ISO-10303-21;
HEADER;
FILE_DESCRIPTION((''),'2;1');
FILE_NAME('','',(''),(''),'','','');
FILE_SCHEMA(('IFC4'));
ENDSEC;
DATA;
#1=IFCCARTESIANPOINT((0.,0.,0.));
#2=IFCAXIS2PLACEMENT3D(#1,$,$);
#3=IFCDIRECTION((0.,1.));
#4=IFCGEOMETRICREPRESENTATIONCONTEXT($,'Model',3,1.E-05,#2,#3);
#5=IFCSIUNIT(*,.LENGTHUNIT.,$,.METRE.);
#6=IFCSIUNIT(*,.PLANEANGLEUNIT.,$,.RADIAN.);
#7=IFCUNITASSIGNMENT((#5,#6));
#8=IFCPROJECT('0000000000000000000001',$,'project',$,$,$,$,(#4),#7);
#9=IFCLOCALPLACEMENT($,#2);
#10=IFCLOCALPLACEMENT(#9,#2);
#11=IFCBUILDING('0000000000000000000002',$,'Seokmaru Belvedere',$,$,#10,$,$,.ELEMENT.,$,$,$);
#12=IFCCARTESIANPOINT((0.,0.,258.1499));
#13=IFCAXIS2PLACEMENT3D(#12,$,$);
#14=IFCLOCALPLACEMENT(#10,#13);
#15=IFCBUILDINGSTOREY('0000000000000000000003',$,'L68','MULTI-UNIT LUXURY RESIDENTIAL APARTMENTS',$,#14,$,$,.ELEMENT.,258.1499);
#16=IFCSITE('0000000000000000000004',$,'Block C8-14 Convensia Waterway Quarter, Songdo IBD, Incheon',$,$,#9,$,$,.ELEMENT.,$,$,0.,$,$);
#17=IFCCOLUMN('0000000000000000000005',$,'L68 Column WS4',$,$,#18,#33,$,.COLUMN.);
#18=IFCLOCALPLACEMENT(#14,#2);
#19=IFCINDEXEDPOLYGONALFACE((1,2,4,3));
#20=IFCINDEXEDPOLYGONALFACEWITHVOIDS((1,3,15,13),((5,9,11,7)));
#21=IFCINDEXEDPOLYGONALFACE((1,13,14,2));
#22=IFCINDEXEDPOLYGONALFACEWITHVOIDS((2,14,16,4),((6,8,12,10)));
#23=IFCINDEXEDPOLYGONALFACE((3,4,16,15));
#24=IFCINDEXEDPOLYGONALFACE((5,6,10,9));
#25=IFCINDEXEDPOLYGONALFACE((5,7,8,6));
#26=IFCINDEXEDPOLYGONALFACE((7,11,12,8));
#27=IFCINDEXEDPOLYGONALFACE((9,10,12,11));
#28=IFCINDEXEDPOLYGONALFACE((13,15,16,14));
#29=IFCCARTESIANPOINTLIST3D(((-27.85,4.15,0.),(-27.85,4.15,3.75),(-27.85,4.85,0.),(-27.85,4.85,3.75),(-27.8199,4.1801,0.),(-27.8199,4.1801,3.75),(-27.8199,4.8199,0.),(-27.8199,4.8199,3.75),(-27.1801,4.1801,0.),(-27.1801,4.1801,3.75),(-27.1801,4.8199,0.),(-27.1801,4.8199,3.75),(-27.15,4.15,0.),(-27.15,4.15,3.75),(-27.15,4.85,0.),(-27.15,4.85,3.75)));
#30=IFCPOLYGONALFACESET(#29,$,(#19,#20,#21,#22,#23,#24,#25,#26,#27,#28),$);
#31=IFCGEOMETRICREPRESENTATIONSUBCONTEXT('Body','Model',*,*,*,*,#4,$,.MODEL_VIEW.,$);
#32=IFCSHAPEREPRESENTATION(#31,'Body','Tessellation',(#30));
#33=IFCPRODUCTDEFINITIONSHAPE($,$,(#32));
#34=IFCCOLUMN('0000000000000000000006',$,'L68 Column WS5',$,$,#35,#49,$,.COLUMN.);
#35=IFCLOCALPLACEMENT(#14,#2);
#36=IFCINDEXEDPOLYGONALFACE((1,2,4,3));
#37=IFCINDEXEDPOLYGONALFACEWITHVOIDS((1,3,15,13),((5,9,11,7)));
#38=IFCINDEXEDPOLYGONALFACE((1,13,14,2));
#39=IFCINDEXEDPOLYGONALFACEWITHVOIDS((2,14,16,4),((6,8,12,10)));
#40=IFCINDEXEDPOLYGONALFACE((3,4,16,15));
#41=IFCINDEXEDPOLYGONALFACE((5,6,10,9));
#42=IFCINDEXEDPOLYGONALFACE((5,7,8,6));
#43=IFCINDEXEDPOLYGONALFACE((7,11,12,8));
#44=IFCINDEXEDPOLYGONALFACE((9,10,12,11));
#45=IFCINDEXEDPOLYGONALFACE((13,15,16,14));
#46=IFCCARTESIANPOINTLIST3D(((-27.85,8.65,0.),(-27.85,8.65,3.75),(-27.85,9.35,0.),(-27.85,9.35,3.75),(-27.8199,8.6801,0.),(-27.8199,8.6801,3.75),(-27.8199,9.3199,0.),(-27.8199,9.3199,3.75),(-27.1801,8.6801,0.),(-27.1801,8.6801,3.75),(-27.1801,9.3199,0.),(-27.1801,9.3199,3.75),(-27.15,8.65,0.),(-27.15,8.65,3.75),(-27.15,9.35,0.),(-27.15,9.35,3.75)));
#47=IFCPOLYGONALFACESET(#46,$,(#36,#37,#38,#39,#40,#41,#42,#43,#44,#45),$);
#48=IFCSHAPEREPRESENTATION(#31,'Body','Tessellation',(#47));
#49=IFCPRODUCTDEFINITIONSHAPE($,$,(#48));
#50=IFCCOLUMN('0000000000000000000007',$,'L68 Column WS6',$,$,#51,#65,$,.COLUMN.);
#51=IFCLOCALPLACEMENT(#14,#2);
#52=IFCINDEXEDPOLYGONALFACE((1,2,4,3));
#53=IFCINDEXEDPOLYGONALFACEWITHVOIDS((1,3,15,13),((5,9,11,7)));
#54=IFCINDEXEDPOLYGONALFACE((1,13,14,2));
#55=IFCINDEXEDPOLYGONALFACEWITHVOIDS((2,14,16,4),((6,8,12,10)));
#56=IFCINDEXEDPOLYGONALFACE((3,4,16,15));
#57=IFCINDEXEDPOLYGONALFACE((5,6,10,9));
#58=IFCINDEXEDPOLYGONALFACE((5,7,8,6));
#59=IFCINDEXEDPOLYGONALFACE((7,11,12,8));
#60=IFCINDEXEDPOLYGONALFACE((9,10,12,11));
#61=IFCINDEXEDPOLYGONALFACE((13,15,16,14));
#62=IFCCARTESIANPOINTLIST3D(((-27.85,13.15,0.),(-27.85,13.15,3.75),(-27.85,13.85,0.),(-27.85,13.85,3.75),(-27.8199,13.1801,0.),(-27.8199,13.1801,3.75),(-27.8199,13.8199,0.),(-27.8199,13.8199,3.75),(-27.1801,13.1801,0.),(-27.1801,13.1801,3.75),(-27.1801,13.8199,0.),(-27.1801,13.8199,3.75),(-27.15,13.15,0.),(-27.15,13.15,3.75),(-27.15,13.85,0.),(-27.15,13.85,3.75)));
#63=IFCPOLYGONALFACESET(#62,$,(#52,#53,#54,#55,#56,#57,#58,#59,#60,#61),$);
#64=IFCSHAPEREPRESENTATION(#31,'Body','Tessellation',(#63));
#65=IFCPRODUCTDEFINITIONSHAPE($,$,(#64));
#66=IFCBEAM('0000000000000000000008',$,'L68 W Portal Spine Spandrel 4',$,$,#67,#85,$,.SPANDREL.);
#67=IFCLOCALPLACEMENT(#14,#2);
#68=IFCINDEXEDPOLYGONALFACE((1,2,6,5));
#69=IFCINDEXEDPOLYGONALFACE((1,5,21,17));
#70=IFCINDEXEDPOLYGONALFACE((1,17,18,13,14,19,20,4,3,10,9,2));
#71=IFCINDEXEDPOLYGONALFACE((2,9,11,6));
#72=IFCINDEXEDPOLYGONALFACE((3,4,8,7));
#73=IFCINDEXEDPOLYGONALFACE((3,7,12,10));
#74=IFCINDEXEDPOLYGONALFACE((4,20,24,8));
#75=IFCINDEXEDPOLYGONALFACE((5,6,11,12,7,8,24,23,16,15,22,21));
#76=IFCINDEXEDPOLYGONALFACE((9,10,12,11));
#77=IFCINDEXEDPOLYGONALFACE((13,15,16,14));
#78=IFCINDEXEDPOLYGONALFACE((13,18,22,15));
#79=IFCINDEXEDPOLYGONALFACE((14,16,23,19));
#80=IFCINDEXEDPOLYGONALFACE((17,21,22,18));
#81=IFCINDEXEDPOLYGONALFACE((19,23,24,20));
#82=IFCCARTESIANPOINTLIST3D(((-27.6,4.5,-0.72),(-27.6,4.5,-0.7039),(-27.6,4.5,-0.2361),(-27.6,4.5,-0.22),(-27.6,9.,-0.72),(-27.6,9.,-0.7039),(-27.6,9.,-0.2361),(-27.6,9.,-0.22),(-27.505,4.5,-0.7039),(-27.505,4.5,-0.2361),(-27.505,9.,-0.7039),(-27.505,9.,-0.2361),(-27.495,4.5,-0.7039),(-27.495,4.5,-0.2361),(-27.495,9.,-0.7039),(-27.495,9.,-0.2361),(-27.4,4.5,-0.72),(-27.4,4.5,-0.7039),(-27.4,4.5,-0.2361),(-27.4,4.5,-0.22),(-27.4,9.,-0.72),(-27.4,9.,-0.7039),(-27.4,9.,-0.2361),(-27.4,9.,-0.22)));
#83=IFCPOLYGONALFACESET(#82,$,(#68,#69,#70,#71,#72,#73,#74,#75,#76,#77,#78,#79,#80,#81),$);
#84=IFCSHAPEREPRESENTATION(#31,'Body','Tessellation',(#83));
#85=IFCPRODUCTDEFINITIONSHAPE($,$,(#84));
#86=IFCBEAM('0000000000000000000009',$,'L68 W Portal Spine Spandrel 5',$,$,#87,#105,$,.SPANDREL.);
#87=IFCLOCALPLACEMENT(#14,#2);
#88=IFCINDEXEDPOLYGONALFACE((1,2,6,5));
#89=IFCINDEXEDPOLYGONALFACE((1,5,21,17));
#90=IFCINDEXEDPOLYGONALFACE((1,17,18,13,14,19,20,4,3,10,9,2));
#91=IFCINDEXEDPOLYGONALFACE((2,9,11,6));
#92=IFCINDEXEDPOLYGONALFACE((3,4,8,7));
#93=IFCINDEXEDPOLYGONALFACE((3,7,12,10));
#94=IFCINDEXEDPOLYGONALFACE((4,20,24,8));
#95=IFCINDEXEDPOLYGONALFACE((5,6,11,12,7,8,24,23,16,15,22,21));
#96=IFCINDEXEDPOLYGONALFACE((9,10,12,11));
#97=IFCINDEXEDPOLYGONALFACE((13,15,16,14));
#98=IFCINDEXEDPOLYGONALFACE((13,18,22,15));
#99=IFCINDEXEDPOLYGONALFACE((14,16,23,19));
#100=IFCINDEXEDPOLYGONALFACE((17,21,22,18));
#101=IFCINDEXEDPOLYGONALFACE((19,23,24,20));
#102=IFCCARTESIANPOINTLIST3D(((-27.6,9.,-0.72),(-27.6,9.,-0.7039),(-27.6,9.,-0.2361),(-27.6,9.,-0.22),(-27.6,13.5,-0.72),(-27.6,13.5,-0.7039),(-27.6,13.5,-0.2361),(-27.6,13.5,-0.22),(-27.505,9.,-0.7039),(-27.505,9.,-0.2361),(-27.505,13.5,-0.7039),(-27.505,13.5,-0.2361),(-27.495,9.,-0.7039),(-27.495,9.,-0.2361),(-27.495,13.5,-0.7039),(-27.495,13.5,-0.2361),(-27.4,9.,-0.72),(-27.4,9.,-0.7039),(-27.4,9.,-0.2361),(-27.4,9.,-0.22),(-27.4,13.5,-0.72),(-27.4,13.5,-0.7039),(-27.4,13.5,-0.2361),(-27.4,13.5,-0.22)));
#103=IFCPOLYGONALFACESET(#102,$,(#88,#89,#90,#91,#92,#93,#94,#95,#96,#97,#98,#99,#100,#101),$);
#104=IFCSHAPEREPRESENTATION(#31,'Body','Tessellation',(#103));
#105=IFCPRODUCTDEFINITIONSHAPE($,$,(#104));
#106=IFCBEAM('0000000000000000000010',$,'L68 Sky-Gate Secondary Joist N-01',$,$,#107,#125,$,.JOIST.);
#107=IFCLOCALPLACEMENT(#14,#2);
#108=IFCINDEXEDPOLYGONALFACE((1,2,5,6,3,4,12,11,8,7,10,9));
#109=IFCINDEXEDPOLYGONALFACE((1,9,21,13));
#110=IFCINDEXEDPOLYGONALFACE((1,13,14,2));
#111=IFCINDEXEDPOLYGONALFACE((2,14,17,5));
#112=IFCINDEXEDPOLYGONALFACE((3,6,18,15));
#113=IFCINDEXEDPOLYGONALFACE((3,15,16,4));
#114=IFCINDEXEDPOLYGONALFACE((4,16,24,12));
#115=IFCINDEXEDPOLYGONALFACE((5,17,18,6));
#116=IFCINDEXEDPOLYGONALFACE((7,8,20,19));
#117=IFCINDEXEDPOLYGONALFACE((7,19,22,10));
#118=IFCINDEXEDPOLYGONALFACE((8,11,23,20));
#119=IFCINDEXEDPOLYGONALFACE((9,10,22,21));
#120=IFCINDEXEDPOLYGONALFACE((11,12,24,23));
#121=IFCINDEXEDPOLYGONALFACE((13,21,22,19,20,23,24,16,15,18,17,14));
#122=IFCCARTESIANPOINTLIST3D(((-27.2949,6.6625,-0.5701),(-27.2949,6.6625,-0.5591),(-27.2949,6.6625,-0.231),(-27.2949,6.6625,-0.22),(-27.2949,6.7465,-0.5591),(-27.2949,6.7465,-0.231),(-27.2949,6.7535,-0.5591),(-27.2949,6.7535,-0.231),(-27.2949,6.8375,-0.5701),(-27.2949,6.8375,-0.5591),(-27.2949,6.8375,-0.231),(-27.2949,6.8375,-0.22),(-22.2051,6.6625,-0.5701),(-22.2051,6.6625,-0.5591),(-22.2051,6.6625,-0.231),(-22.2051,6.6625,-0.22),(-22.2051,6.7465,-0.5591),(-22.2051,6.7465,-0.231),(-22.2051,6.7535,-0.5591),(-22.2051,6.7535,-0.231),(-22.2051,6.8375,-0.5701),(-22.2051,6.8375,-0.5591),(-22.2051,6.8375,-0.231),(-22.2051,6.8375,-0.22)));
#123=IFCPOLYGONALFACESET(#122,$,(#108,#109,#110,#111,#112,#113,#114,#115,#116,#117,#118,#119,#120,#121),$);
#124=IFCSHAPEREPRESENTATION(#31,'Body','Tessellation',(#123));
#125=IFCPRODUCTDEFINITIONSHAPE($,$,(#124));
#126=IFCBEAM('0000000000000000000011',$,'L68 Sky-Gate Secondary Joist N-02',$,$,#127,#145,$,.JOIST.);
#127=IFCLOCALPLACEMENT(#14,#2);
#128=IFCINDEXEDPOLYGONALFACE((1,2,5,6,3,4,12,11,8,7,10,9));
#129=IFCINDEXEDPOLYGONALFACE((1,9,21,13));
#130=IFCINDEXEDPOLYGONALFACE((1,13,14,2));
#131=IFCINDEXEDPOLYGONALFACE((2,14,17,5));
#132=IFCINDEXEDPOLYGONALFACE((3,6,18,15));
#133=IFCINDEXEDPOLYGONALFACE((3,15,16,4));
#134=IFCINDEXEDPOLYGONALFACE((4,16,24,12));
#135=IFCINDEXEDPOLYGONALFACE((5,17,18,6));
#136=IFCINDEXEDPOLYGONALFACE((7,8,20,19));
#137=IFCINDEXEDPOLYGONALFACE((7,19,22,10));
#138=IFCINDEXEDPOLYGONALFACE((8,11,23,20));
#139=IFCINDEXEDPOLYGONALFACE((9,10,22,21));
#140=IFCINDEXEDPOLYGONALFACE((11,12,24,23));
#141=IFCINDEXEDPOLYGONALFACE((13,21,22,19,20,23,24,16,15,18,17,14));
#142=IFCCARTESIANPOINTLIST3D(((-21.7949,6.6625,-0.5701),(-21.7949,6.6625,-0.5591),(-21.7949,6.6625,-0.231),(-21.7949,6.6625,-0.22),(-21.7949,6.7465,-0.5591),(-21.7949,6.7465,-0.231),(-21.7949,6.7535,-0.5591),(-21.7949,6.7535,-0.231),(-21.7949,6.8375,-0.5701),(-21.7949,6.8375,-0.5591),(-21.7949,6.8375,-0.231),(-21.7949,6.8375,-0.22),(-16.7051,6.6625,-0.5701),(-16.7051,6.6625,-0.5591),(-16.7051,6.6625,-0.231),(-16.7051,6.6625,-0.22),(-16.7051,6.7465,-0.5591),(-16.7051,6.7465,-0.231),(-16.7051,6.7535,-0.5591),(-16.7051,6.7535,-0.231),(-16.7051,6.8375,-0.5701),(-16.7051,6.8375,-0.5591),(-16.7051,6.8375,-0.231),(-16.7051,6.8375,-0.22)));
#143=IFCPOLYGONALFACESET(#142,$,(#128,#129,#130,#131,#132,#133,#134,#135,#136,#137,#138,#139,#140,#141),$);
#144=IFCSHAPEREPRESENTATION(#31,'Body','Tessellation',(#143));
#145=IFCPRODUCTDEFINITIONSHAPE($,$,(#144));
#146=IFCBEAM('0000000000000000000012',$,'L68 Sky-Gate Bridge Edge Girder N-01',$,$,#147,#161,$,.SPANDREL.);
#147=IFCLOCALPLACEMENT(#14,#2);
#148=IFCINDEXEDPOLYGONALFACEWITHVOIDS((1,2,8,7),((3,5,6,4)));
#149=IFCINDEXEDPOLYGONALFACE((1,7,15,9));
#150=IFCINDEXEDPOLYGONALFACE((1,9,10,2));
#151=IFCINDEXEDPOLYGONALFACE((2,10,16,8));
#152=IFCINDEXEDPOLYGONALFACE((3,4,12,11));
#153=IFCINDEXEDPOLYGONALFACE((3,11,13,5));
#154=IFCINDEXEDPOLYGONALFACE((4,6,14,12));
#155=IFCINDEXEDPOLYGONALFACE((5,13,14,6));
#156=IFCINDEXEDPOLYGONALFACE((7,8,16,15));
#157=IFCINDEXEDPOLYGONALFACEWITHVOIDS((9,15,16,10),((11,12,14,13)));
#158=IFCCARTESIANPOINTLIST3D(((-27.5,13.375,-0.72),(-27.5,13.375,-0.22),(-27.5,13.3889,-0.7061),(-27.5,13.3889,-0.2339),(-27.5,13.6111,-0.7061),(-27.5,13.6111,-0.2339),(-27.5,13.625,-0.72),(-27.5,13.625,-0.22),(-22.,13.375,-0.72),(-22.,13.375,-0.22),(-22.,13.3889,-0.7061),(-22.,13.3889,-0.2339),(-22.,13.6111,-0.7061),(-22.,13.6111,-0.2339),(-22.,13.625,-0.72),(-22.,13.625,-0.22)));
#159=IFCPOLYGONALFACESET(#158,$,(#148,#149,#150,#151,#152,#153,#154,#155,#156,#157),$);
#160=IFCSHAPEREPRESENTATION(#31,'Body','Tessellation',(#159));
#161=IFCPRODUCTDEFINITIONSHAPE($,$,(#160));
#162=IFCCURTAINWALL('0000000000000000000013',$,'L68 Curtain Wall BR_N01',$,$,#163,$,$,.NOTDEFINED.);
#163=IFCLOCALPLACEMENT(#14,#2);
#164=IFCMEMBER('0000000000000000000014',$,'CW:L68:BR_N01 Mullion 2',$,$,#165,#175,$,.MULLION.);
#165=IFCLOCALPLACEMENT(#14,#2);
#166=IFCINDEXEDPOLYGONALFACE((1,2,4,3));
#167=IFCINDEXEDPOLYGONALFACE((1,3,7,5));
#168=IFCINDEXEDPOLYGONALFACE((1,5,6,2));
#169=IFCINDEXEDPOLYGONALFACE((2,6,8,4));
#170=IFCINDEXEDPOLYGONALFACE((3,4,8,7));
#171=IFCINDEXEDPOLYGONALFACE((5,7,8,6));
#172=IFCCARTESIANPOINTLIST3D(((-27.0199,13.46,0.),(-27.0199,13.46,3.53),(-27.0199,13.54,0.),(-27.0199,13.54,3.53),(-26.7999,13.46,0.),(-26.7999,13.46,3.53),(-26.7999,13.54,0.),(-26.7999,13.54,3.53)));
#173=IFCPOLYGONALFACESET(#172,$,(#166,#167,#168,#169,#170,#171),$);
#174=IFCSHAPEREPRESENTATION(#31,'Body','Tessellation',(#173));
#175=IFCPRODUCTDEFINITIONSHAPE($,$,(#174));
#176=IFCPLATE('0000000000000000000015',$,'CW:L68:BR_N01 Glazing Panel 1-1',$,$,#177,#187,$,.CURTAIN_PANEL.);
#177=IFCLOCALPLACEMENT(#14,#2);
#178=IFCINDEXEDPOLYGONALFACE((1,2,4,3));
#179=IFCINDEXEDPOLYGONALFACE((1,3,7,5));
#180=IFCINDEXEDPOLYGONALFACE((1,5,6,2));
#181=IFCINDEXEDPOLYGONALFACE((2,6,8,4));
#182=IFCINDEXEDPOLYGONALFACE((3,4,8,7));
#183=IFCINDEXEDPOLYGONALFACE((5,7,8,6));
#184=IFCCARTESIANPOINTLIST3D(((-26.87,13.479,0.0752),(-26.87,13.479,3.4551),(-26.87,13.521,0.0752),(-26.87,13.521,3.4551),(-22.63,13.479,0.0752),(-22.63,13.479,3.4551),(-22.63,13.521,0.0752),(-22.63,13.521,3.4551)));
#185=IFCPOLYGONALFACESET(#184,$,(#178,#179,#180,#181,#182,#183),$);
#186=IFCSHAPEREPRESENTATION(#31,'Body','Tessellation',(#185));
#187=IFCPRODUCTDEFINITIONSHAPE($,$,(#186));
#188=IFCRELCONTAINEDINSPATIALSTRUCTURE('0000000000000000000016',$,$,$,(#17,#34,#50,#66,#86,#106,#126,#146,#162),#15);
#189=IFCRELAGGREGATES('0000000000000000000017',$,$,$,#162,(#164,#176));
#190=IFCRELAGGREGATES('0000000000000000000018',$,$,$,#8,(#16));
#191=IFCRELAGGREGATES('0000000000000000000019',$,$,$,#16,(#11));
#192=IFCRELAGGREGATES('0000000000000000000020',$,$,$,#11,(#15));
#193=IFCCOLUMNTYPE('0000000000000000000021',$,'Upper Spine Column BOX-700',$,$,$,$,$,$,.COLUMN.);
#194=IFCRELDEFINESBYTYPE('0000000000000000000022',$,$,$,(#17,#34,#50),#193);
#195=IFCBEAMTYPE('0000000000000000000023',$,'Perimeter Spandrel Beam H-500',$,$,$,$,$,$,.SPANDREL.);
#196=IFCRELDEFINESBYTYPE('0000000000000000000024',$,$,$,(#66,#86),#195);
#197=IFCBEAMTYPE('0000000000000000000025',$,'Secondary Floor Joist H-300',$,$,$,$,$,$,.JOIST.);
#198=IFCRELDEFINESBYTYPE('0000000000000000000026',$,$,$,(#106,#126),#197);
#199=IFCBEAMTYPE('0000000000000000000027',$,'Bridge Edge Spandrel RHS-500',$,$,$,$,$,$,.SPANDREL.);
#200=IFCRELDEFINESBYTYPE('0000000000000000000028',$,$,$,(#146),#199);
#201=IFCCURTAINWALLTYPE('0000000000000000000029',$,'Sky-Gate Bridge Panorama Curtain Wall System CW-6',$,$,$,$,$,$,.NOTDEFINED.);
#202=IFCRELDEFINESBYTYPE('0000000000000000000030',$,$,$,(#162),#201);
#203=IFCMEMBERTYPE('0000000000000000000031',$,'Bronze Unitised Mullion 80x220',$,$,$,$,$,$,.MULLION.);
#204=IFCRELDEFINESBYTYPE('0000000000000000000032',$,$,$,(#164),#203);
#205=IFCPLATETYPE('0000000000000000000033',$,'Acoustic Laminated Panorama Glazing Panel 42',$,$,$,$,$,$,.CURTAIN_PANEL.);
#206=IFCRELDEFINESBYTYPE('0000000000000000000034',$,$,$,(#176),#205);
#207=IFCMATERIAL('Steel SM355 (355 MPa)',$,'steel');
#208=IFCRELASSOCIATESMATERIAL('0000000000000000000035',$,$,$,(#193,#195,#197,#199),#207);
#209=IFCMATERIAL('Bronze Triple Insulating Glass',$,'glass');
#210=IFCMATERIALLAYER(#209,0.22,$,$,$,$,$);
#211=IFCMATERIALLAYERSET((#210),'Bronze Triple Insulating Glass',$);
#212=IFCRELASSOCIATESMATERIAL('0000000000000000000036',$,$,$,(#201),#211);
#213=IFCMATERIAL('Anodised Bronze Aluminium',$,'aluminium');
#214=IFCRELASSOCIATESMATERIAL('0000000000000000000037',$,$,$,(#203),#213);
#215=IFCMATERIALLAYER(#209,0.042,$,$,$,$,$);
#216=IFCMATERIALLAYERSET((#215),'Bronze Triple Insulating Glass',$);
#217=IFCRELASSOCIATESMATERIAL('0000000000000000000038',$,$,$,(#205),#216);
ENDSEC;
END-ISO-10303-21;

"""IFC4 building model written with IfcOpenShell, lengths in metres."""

from ifc_helpers import new_model, si_unit, direction, frame, origin, origin_2d, place, context, subcontext, project, spatial, rectangle, hollow_rectangle, i_section, extrude, source, transform, mapped, material, layer, layer_set, material_profile, profile_set, type_object, type_shapes, element, aggregate, save


model = new_model("IFC4")

# Units and contexts
model_context = context("Model", 3, precision=1e-05, world=origin(), true_north=direction((0.0, 1.0)))
body_context = subcontext(model_context, "Body", "Model", "MODEL_VIEW")
ifc_project = project(units=[si_unit("LENGTHUNIT", "METRE"), si_unit("PLANEANGLEUNIT", "RADIAN")], contexts=[model_context])

# Site, building, storey
site_placement = place(None, origin())
site = spatial("IfcSite", under=ifc_project, at=site_placement, Name="Block C8-14 Convensia Waterway Quarter, Songdo IBD, Incheon", CompositionType="ELEMENT", RefElevation=0.0)
building_placement = place(site_placement, origin())
building = spatial("IfcBuilding", under=site, at=building_placement, Name="Seokmaru Belvedere", CompositionType="ELEMENT")
storey_placement = place(building_placement, frame((0.0, 0.0, 258.1499)))
storey = spatial("IfcBuildingStorey", under=building, at=storey_placement, Name="L68", Description="MULTI-UNIT LUXURY RESIDENTIAL APARTMENTS", CompositionType="ELEMENT", Elevation=258.1499)

# Columns
ifc_material_1 = material(Name="Steel SM355 (355 MPa)", Category="steel")
ifc_material_profile_1 = material_profile(ifc_material_1, hollow_rectangle(XDim=0.7, YDim=0.7, WallThickness=0.03, at=origin_2d()), Name="BOX-700x700x30")
ifc_profile_set_1 = profile_set([ifc_material_profile_1], Name="Steel SM355 (355 MPa)")
column_type = type_object("IfcColumnType", Name="Upper Spine Column BOX-700", PredefinedType="COLUMN", material=ifc_profile_set_1)
shared_shape_1 = source(origin(), body_context, "Body", "SweptSolid", [
    extrude(hollow_rectangle(XDim=0.7, YDim=0.7, WallThickness=0.03, at=origin_2d()), origin(), (0.0, 0.0, 1.0), 3.75),
])
type_shapes(column_type, [shared_shape_1])
for number, where, z_axis, x_axis, name in (
    (1, (-27.5, 4.5, 0.0), (0.0, 0.0, 1.0), (1.0, 0.0, 0.0), "L68 Column WS4"),
    (2, (-27.5, 9.0, 0.0), (0.0, 0.0, 1.0), (1.0, 0.0, 0.0), "L68 Column WS5"),
    (3, (-27.5, 13.5, 0.0), (0.0, 0.0, 1.0), (1.0, 0.0, 0.0), "L68 Column WS6"),
):
    element("IfcColumn", number, at=place(storey_placement, frame(where, z_axis=z_axis, x_axis=x_axis)), inside=storey, type_object=column_type, Name=name, PredefinedType="COLUMN", context=body_context, shape_type="MappedRepresentation", body=[
        mapped(shared_shape_1, transform((0.0, 0.0, 0.0), scale=1.0)),
    ])

# Beams
ifc_material_profile_2 = material_profile(ifc_material_1, i_section(OverallWidth=0.2, OverallDepth=0.5, WebThickness=0.01, FlangeThickness=0.0161, at=origin_2d()), Name="H-500x200x10x16")
ifc_profile_set_2 = profile_set([ifc_material_profile_2], Name="Steel SM355 (355 MPa)")
beam_type_1 = type_object("IfcBeamType", Name="Perimeter Spandrel Beam H-500", PredefinedType="SPANDREL", material=ifc_profile_set_2)
shared_shape_2 = source(origin(), body_context, "Body", "SweptSolid", [
    extrude(i_section(OverallWidth=0.2, OverallDepth=0.5, WebThickness=0.01, FlangeThickness=0.0161, at=origin_2d()), origin(), (0.0, 0.0, 1.0), 4.5),
])
type_shapes(beam_type_1, [shared_shape_2])
for number, where, z_axis, x_axis, name in (
    (4, (-27.5, 4.5, -0.47), (0.0, 1.0, 0.0), (-1.0, 0.0, 0.0), "L68 W Portal Spine Spandrel 4"),
    (5, (-27.5, 9.0, -0.47), (0.0, 1.0, 0.0), (-1.0, 0.0, 0.0), "L68 W Portal Spine Spandrel 5"),
):
    element("IfcBeam", number, at=place(storey_placement, frame(where, z_axis=z_axis, x_axis=x_axis)), inside=storey, type_object=beam_type_1, Name=name, PredefinedType="SPANDREL", context=body_context, shape_type="MappedRepresentation", body=[
        mapped(shared_shape_2, transform((0.0, 0.0, 0.0), scale=1.0)),
    ])
ifc_material_profile_3 = material_profile(ifc_material_1, i_section(OverallWidth=0.175, OverallDepth=0.3501, WebThickness=0.0071, FlangeThickness=0.011, at=origin_2d()), Name="H-350x175x7x11")
ifc_profile_set_3 = profile_set([ifc_material_profile_3], Name="Steel SM355 (355 MPa)")
beam_type_2 = type_object("IfcBeamType", Name="Secondary Floor Joist H-300", PredefinedType="JOIST", material=ifc_profile_set_3)
shared_shape_3 = source(origin(), body_context, "Body", "SweptSolid", [
    extrude(i_section(OverallWidth=0.175, OverallDepth=0.3501, WebThickness=0.0071, FlangeThickness=0.011, at=origin_2d()), origin(), (0.0, 0.0, 1.0), 5.0898),
])
type_shapes(beam_type_2, [shared_shape_3])
for number, where, z_axis, x_axis, name in (
    (6, (-27.2949, 6.75, -0.395), (1.0, 0.0, 0.0), (0.0, 1.0, 0.0), "L68 Sky-Gate Secondary Joist N-01"),
    (7, (-21.7949, 6.75, -0.395), (1.0, 0.0, 0.0), (0.0, 1.0, 0.0), "L68 Sky-Gate Secondary Joist N-02"),
):
    element("IfcBeam", number, at=place(storey_placement, frame(where, z_axis=z_axis, x_axis=x_axis)), inside=storey, type_object=beam_type_2, Name=name, PredefinedType="JOIST", context=body_context, shape_type="MappedRepresentation", body=[
        mapped(shared_shape_3, transform((0.0, 0.0, 0.0), scale=1.0)),
    ])
ifc_material_profile_4 = material_profile(ifc_material_1, hollow_rectangle(XDim=0.25, YDim=0.5, WallThickness=0.0139, at=origin_2d()), Name="RHS-500x250x14")
ifc_profile_set_4 = profile_set([ifc_material_profile_4], Name="Steel SM355 (355 MPa)")
beam_type_3 = type_object("IfcBeamType", Name="Bridge Edge Spandrel RHS-500", PredefinedType="SPANDREL", material=ifc_profile_set_4)
shared_shape_4 = source(origin(), body_context, "Body", "SweptSolid", [
    extrude(hollow_rectangle(XDim=0.25, YDim=0.5, WallThickness=0.0139, at=origin_2d()), origin(), (0.0, 0.0, 1.0), 5.5),
])
type_shapes(beam_type_3, [shared_shape_4])
beam_placement = place(storey_placement, frame((-27.5, 13.5, -0.47), z_axis=(1.0, 0.0, 0.0), x_axis=(0.0, 1.0, 0.0)))
element("IfcBeam", 8, at=beam_placement, inside=storey, type_object=beam_type_3, Name="L68 Sky-Gate Bridge Edge Girder N-01", PredefinedType="SPANDREL", context=body_context, shape_type="MappedRepresentation", body=[
    mapped(shared_shape_4, transform((0.0, 0.0, 0.0), scale=1.0)),
])

# Curtain wall, member, plate
ifc_material_2 = material(Name="Bronze Triple Insulating Glass", Category="glass")
ifc_layer_1 = layer(ifc_material_2, 0.22)
ifc_layer_set_1 = layer_set([ifc_layer_1], Name="Bronze Triple Insulating Glass")
curtain_wall_type = type_object("IfcCurtainWallType", Name="Sky-Gate Bridge Panorama Curtain Wall System CW-6", PredefinedType="NOTDEFINED", material=ifc_layer_set_1)
curtain_wall_placement = place(storey_placement, origin())
curtain_wall = element("IfcCurtainWall", 9, at=curtain_wall_placement, inside=storey, type_object=curtain_wall_type, Name="L68 Curtain Wall BR_N01", PredefinedType="NOTDEFINED")
ifc_material_3 = material(Name="Anodised Bronze Aluminium", Category="aluminium")
ifc_material_profile_5 = material_profile(ifc_material_3, rectangle(XDim=0.0801, YDim=0.22, at=origin_2d()), Name="CW-M-80x220")
ifc_profile_set_5 = profile_set([ifc_material_profile_5], Name="Anodised Bronze Aluminium")
member_type = type_object("IfcMemberType", Name="Bronze Unitised Mullion 80x220", PredefinedType="MULLION", material=ifc_profile_set_5)
shared_shape_5 = source(origin(), body_context, "Body", "SweptSolid", [
    extrude(rectangle(XDim=0.0801, YDim=0.22, at=origin_2d()), origin(), (0.0, 0.0, 1.0), 3.53),
])
type_shapes(member_type, [shared_shape_5])
member_placement = place(storey_placement, frame((-26.9099, 13.5, 0.0), z_axis=(0.0, 0.0, 1.0), x_axis=(0.0, -1.0, 0.0)))
member = element("IfcMember", 10, at=member_placement, type_object=member_type, Name="CW:L68:BR_N01 Mullion 2", PredefinedType="MULLION", context=body_context, shape_type="MappedRepresentation", body=[
    mapped(shared_shape_5, transform((0.0, 0.0, 0.0), scale=1.0)),
])
ifc_layer_2 = layer(ifc_material_2, 0.042)
ifc_layer_set_2 = layer_set([ifc_layer_2], Name="Bronze Triple Insulating Glass")
plate_type = type_object("IfcPlateType", Name="Acoustic Laminated Panorama Glazing Panel 42", PredefinedType="CURTAIN_PANEL", material=ifc_layer_set_2)
shared_shape_6 = source(origin(), body_context, "Body", "SweptSolid", [
    extrude(rectangle(XDim=4.24, YDim=0.042, at=origin_2d()), origin(), (0.0, 0.0, 1.0), 3.3799),
])
type_shapes(plate_type, [shared_shape_6])
plate_placement = place(storey_placement, frame((-24.75, 13.5, 0.0752), z_axis=(0.0, 0.0, 1.0), x_axis=(-1.0, 0.0, 0.0)))
plate = element("IfcPlate", 11, at=plate_placement, type_object=plate_type, Name="CW:L68:BR_N01 Glazing Panel 1-1", PredefinedType="CURTAIN_PANEL", context=body_context, shape_type="MappedRepresentation", body=[
    mapped(shared_shape_6, transform((0.0, 0.0, 0.0), scale=1.0)),
])
aggregate(curtain_wall, [member, plate])

save(model, "model.ifc")
